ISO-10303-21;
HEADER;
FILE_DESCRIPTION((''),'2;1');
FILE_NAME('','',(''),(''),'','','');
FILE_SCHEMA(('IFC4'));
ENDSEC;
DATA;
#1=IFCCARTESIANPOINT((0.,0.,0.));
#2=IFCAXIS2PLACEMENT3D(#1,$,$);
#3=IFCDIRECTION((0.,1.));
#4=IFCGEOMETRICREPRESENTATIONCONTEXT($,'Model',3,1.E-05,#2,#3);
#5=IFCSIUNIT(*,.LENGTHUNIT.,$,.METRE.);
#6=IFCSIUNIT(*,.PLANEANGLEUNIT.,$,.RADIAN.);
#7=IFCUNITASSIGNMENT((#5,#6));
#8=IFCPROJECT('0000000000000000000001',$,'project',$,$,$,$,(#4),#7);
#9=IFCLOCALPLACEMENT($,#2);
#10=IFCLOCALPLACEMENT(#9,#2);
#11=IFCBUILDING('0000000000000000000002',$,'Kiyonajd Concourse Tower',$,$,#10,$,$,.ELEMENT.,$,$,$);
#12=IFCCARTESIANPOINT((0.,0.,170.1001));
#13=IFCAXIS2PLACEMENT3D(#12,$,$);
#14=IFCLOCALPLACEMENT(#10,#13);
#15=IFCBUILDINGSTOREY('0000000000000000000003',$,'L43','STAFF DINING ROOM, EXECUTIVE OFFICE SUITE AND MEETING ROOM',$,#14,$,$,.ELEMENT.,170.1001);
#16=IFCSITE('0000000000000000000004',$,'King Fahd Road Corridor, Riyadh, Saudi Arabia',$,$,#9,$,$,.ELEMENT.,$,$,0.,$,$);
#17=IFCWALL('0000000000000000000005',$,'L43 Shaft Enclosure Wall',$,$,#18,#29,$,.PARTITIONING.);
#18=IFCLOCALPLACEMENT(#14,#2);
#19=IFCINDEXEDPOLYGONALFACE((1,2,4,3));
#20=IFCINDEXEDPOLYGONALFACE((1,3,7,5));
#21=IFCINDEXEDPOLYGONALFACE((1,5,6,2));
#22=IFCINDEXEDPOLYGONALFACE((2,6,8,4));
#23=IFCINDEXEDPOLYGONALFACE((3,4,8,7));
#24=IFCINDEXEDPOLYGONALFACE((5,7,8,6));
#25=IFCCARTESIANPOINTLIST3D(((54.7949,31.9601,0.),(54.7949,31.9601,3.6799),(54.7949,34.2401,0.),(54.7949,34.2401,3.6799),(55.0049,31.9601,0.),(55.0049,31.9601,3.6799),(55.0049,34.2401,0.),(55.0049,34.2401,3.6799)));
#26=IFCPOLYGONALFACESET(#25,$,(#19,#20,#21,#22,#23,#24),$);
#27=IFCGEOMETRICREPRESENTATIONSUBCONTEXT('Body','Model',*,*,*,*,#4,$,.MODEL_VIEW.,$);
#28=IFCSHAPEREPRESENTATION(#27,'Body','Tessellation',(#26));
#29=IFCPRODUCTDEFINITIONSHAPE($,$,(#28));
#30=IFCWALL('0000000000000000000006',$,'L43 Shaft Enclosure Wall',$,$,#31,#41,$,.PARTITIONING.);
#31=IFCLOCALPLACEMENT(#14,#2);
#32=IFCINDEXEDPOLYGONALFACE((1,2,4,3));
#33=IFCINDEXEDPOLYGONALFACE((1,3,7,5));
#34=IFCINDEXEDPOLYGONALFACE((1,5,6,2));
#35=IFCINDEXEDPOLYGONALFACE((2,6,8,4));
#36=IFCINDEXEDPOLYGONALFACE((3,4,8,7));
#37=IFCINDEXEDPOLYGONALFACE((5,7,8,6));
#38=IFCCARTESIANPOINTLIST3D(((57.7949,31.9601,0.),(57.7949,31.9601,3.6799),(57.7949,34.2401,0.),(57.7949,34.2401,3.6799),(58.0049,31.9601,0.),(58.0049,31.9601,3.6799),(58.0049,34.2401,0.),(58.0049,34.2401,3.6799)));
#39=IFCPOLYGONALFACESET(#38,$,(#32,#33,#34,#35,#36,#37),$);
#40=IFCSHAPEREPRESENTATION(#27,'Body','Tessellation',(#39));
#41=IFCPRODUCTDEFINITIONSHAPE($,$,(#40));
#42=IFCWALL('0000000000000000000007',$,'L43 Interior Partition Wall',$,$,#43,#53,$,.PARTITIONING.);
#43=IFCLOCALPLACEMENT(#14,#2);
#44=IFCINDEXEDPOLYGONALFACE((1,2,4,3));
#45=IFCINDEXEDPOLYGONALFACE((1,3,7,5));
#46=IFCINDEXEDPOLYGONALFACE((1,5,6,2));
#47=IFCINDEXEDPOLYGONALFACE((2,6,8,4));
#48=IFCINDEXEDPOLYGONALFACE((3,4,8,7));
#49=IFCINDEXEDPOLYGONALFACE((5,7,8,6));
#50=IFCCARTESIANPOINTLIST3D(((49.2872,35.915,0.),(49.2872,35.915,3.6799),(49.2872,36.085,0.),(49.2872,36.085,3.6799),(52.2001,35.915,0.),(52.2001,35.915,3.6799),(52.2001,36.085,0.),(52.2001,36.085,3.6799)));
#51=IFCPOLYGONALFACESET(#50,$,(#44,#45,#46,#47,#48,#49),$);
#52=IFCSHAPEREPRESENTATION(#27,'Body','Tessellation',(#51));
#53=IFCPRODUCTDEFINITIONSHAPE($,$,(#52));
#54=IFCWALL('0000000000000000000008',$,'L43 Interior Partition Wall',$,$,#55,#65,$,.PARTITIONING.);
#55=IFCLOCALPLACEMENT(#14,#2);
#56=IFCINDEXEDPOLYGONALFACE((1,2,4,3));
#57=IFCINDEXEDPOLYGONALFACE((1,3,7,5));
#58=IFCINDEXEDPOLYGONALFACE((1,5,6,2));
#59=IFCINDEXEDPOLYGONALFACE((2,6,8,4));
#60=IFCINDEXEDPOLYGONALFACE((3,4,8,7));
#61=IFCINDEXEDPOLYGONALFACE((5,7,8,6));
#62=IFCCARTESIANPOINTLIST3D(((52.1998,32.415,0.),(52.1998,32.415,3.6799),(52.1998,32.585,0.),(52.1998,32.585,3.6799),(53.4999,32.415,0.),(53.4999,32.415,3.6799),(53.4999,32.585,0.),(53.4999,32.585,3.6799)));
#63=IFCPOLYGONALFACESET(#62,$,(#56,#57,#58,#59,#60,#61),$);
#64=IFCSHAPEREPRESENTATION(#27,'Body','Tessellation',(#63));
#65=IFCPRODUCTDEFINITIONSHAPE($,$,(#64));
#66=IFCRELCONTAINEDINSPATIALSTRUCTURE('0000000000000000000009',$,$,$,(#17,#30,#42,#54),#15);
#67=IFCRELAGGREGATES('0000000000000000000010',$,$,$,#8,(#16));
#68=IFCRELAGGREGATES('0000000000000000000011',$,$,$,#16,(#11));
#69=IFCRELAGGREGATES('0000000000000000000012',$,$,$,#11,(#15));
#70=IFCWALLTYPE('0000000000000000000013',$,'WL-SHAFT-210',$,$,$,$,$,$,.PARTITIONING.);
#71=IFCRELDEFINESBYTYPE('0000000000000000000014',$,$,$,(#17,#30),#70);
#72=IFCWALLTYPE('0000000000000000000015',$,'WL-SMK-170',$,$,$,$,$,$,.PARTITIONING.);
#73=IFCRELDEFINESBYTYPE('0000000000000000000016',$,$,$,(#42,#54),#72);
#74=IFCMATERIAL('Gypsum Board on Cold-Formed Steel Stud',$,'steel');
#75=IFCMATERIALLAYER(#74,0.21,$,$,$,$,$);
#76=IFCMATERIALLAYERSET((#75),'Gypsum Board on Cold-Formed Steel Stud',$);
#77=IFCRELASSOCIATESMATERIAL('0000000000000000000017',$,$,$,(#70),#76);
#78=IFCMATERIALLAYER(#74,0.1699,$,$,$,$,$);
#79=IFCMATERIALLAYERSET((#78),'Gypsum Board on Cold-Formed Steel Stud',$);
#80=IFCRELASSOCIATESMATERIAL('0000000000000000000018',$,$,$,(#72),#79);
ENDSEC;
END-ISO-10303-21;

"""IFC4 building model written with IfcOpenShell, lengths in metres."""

from ifc_helpers import new_model, si_unit, direction, frame, frame_2d, origin, place, context, subcontext, project, spatial, rectangle, extrude, material, layer, layer_set, type_object, element, save


model = new_model("IFC4")

# Units and contexts
model_context = context("Model", 3, precision=1e-05, world=origin(), true_north=direction((0.0, 1.0)))
body_context = subcontext(model_context, "Body", "Model", "MODEL_VIEW")
ifc_project = project(units=[si_unit("LENGTHUNIT", "METRE"), si_unit("PLANEANGLEUNIT", "RADIAN")], contexts=[model_context])

# Site, building, storey
site_placement = place(None, origin())
site = spatial("IfcSite", under=ifc_project, at=site_placement, Name="King Fahd Road Corridor, Riyadh, Saudi Arabia", CompositionType="ELEMENT", RefElevation=0.0)
building_placement = place(site_placement, origin())
building = spatial("IfcBuilding", under=site, at=building_placement, Name="Kiyonajd Concourse Tower", CompositionType="ELEMENT")
storey_placement = place(building_placement, frame((0.0, 0.0, 170.1001)))
storey = spatial("IfcBuildingStorey", under=building, at=storey_placement, Name="L43", Description="STAFF DINING ROOM, EXECUTIVE OFFICE SUITE AND MEETING ROOM", CompositionType="ELEMENT", Elevation=170.1001)

# Shared definitions
ifc_material_1 = material(Name="Gypsum Board on Cold-Formed Steel Stud", Category="steel")

# Shared definitions
ifc_layer_1 = layer(ifc_material_1, 0.21)
ifc_layer_set_1 = layer_set([ifc_layer_1], Name="Gypsum Board on Cold-Formed Steel Stud")
wall_type_1 = type_object("IfcWallType", Name="WL-SHAFT-210", PredefinedType="PARTITIONING", material=ifc_layer_set_1)

# Walls
for number, where, z_axis, x_axis, name in (
    (1, (54.8999, 31.96, 0.0), (0.0, 0.0, 1.0), (0.0, 1.0, 0.0), "L43 Shaft Enclosure Wall"),
    (2, (57.8999, 31.96, 0.0), (0.0, 0.0, 1.0), (0.0, 1.0, 0.0), "L43 Shaft Enclosure Wall"),
):
    element("IfcWall", number, at=place(storey_placement, frame(where, z_axis=z_axis, x_axis=x_axis)), inside=storey, type_object=wall_type_1, Name=name, PredefinedType="PARTITIONING", context=body_context, shape_type="SweptSolid", body=[
        extrude(rectangle(XDim=2.28, YDim=0.21, at=frame_2d((1.1401, 0.0))), origin(), (0.0, 0.0, 1.0), 3.6799),
    ])
ifc_layer_2 = layer(ifc_material_1, 0.1699)
ifc_layer_set_2 = layer_set([ifc_layer_2], Name="Gypsum Board on Cold-Formed Steel Stud")
wall_type_2 = type_object("IfcWallType", Name="WL-SMK-170", PredefinedType="PARTITIONING", material=ifc_layer_set_2)
wall_1_placement = place(storey_placement, frame((49.2871, 36.0, 0.0), z_axis=(0.0, 0.0, 1.0), x_axis=(1.0, 0.0, 0.0)))
element("IfcWall", 3, at=wall_1_placement, inside=storey, type_object=wall_type_2, Name="L43 Interior Partition Wall", PredefinedType="PARTITIONING", context=body_context, shape_type="SweptSolid", body=[
    extrude(rectangle(XDim=2.9128, YDim=0.1699, at=frame_2d((1.4565, 0.0))), origin(), (0.0, 0.0, 1.0), 3.6799),
])
wall_2_placement = place(storey_placement, frame((52.2, 32.5, 0.0), z_axis=(0.0, 0.0, 1.0), x_axis=(1.0, 0.0, 0.0)))
element("IfcWall", 4, at=wall_2_placement, inside=storey, type_object=wall_type_2, Name="L43 Interior Partition Wall", PredefinedType="PARTITIONING", context=body_context, shape_type="SweptSolid", body=[
    extrude(rectangle(XDim=1.3, YDim=0.1699, at=frame_2d((0.6499, 0.0))), origin(), (0.0, 0.0, 1.0), 3.6799),
])

save(model, "model.ifc")
